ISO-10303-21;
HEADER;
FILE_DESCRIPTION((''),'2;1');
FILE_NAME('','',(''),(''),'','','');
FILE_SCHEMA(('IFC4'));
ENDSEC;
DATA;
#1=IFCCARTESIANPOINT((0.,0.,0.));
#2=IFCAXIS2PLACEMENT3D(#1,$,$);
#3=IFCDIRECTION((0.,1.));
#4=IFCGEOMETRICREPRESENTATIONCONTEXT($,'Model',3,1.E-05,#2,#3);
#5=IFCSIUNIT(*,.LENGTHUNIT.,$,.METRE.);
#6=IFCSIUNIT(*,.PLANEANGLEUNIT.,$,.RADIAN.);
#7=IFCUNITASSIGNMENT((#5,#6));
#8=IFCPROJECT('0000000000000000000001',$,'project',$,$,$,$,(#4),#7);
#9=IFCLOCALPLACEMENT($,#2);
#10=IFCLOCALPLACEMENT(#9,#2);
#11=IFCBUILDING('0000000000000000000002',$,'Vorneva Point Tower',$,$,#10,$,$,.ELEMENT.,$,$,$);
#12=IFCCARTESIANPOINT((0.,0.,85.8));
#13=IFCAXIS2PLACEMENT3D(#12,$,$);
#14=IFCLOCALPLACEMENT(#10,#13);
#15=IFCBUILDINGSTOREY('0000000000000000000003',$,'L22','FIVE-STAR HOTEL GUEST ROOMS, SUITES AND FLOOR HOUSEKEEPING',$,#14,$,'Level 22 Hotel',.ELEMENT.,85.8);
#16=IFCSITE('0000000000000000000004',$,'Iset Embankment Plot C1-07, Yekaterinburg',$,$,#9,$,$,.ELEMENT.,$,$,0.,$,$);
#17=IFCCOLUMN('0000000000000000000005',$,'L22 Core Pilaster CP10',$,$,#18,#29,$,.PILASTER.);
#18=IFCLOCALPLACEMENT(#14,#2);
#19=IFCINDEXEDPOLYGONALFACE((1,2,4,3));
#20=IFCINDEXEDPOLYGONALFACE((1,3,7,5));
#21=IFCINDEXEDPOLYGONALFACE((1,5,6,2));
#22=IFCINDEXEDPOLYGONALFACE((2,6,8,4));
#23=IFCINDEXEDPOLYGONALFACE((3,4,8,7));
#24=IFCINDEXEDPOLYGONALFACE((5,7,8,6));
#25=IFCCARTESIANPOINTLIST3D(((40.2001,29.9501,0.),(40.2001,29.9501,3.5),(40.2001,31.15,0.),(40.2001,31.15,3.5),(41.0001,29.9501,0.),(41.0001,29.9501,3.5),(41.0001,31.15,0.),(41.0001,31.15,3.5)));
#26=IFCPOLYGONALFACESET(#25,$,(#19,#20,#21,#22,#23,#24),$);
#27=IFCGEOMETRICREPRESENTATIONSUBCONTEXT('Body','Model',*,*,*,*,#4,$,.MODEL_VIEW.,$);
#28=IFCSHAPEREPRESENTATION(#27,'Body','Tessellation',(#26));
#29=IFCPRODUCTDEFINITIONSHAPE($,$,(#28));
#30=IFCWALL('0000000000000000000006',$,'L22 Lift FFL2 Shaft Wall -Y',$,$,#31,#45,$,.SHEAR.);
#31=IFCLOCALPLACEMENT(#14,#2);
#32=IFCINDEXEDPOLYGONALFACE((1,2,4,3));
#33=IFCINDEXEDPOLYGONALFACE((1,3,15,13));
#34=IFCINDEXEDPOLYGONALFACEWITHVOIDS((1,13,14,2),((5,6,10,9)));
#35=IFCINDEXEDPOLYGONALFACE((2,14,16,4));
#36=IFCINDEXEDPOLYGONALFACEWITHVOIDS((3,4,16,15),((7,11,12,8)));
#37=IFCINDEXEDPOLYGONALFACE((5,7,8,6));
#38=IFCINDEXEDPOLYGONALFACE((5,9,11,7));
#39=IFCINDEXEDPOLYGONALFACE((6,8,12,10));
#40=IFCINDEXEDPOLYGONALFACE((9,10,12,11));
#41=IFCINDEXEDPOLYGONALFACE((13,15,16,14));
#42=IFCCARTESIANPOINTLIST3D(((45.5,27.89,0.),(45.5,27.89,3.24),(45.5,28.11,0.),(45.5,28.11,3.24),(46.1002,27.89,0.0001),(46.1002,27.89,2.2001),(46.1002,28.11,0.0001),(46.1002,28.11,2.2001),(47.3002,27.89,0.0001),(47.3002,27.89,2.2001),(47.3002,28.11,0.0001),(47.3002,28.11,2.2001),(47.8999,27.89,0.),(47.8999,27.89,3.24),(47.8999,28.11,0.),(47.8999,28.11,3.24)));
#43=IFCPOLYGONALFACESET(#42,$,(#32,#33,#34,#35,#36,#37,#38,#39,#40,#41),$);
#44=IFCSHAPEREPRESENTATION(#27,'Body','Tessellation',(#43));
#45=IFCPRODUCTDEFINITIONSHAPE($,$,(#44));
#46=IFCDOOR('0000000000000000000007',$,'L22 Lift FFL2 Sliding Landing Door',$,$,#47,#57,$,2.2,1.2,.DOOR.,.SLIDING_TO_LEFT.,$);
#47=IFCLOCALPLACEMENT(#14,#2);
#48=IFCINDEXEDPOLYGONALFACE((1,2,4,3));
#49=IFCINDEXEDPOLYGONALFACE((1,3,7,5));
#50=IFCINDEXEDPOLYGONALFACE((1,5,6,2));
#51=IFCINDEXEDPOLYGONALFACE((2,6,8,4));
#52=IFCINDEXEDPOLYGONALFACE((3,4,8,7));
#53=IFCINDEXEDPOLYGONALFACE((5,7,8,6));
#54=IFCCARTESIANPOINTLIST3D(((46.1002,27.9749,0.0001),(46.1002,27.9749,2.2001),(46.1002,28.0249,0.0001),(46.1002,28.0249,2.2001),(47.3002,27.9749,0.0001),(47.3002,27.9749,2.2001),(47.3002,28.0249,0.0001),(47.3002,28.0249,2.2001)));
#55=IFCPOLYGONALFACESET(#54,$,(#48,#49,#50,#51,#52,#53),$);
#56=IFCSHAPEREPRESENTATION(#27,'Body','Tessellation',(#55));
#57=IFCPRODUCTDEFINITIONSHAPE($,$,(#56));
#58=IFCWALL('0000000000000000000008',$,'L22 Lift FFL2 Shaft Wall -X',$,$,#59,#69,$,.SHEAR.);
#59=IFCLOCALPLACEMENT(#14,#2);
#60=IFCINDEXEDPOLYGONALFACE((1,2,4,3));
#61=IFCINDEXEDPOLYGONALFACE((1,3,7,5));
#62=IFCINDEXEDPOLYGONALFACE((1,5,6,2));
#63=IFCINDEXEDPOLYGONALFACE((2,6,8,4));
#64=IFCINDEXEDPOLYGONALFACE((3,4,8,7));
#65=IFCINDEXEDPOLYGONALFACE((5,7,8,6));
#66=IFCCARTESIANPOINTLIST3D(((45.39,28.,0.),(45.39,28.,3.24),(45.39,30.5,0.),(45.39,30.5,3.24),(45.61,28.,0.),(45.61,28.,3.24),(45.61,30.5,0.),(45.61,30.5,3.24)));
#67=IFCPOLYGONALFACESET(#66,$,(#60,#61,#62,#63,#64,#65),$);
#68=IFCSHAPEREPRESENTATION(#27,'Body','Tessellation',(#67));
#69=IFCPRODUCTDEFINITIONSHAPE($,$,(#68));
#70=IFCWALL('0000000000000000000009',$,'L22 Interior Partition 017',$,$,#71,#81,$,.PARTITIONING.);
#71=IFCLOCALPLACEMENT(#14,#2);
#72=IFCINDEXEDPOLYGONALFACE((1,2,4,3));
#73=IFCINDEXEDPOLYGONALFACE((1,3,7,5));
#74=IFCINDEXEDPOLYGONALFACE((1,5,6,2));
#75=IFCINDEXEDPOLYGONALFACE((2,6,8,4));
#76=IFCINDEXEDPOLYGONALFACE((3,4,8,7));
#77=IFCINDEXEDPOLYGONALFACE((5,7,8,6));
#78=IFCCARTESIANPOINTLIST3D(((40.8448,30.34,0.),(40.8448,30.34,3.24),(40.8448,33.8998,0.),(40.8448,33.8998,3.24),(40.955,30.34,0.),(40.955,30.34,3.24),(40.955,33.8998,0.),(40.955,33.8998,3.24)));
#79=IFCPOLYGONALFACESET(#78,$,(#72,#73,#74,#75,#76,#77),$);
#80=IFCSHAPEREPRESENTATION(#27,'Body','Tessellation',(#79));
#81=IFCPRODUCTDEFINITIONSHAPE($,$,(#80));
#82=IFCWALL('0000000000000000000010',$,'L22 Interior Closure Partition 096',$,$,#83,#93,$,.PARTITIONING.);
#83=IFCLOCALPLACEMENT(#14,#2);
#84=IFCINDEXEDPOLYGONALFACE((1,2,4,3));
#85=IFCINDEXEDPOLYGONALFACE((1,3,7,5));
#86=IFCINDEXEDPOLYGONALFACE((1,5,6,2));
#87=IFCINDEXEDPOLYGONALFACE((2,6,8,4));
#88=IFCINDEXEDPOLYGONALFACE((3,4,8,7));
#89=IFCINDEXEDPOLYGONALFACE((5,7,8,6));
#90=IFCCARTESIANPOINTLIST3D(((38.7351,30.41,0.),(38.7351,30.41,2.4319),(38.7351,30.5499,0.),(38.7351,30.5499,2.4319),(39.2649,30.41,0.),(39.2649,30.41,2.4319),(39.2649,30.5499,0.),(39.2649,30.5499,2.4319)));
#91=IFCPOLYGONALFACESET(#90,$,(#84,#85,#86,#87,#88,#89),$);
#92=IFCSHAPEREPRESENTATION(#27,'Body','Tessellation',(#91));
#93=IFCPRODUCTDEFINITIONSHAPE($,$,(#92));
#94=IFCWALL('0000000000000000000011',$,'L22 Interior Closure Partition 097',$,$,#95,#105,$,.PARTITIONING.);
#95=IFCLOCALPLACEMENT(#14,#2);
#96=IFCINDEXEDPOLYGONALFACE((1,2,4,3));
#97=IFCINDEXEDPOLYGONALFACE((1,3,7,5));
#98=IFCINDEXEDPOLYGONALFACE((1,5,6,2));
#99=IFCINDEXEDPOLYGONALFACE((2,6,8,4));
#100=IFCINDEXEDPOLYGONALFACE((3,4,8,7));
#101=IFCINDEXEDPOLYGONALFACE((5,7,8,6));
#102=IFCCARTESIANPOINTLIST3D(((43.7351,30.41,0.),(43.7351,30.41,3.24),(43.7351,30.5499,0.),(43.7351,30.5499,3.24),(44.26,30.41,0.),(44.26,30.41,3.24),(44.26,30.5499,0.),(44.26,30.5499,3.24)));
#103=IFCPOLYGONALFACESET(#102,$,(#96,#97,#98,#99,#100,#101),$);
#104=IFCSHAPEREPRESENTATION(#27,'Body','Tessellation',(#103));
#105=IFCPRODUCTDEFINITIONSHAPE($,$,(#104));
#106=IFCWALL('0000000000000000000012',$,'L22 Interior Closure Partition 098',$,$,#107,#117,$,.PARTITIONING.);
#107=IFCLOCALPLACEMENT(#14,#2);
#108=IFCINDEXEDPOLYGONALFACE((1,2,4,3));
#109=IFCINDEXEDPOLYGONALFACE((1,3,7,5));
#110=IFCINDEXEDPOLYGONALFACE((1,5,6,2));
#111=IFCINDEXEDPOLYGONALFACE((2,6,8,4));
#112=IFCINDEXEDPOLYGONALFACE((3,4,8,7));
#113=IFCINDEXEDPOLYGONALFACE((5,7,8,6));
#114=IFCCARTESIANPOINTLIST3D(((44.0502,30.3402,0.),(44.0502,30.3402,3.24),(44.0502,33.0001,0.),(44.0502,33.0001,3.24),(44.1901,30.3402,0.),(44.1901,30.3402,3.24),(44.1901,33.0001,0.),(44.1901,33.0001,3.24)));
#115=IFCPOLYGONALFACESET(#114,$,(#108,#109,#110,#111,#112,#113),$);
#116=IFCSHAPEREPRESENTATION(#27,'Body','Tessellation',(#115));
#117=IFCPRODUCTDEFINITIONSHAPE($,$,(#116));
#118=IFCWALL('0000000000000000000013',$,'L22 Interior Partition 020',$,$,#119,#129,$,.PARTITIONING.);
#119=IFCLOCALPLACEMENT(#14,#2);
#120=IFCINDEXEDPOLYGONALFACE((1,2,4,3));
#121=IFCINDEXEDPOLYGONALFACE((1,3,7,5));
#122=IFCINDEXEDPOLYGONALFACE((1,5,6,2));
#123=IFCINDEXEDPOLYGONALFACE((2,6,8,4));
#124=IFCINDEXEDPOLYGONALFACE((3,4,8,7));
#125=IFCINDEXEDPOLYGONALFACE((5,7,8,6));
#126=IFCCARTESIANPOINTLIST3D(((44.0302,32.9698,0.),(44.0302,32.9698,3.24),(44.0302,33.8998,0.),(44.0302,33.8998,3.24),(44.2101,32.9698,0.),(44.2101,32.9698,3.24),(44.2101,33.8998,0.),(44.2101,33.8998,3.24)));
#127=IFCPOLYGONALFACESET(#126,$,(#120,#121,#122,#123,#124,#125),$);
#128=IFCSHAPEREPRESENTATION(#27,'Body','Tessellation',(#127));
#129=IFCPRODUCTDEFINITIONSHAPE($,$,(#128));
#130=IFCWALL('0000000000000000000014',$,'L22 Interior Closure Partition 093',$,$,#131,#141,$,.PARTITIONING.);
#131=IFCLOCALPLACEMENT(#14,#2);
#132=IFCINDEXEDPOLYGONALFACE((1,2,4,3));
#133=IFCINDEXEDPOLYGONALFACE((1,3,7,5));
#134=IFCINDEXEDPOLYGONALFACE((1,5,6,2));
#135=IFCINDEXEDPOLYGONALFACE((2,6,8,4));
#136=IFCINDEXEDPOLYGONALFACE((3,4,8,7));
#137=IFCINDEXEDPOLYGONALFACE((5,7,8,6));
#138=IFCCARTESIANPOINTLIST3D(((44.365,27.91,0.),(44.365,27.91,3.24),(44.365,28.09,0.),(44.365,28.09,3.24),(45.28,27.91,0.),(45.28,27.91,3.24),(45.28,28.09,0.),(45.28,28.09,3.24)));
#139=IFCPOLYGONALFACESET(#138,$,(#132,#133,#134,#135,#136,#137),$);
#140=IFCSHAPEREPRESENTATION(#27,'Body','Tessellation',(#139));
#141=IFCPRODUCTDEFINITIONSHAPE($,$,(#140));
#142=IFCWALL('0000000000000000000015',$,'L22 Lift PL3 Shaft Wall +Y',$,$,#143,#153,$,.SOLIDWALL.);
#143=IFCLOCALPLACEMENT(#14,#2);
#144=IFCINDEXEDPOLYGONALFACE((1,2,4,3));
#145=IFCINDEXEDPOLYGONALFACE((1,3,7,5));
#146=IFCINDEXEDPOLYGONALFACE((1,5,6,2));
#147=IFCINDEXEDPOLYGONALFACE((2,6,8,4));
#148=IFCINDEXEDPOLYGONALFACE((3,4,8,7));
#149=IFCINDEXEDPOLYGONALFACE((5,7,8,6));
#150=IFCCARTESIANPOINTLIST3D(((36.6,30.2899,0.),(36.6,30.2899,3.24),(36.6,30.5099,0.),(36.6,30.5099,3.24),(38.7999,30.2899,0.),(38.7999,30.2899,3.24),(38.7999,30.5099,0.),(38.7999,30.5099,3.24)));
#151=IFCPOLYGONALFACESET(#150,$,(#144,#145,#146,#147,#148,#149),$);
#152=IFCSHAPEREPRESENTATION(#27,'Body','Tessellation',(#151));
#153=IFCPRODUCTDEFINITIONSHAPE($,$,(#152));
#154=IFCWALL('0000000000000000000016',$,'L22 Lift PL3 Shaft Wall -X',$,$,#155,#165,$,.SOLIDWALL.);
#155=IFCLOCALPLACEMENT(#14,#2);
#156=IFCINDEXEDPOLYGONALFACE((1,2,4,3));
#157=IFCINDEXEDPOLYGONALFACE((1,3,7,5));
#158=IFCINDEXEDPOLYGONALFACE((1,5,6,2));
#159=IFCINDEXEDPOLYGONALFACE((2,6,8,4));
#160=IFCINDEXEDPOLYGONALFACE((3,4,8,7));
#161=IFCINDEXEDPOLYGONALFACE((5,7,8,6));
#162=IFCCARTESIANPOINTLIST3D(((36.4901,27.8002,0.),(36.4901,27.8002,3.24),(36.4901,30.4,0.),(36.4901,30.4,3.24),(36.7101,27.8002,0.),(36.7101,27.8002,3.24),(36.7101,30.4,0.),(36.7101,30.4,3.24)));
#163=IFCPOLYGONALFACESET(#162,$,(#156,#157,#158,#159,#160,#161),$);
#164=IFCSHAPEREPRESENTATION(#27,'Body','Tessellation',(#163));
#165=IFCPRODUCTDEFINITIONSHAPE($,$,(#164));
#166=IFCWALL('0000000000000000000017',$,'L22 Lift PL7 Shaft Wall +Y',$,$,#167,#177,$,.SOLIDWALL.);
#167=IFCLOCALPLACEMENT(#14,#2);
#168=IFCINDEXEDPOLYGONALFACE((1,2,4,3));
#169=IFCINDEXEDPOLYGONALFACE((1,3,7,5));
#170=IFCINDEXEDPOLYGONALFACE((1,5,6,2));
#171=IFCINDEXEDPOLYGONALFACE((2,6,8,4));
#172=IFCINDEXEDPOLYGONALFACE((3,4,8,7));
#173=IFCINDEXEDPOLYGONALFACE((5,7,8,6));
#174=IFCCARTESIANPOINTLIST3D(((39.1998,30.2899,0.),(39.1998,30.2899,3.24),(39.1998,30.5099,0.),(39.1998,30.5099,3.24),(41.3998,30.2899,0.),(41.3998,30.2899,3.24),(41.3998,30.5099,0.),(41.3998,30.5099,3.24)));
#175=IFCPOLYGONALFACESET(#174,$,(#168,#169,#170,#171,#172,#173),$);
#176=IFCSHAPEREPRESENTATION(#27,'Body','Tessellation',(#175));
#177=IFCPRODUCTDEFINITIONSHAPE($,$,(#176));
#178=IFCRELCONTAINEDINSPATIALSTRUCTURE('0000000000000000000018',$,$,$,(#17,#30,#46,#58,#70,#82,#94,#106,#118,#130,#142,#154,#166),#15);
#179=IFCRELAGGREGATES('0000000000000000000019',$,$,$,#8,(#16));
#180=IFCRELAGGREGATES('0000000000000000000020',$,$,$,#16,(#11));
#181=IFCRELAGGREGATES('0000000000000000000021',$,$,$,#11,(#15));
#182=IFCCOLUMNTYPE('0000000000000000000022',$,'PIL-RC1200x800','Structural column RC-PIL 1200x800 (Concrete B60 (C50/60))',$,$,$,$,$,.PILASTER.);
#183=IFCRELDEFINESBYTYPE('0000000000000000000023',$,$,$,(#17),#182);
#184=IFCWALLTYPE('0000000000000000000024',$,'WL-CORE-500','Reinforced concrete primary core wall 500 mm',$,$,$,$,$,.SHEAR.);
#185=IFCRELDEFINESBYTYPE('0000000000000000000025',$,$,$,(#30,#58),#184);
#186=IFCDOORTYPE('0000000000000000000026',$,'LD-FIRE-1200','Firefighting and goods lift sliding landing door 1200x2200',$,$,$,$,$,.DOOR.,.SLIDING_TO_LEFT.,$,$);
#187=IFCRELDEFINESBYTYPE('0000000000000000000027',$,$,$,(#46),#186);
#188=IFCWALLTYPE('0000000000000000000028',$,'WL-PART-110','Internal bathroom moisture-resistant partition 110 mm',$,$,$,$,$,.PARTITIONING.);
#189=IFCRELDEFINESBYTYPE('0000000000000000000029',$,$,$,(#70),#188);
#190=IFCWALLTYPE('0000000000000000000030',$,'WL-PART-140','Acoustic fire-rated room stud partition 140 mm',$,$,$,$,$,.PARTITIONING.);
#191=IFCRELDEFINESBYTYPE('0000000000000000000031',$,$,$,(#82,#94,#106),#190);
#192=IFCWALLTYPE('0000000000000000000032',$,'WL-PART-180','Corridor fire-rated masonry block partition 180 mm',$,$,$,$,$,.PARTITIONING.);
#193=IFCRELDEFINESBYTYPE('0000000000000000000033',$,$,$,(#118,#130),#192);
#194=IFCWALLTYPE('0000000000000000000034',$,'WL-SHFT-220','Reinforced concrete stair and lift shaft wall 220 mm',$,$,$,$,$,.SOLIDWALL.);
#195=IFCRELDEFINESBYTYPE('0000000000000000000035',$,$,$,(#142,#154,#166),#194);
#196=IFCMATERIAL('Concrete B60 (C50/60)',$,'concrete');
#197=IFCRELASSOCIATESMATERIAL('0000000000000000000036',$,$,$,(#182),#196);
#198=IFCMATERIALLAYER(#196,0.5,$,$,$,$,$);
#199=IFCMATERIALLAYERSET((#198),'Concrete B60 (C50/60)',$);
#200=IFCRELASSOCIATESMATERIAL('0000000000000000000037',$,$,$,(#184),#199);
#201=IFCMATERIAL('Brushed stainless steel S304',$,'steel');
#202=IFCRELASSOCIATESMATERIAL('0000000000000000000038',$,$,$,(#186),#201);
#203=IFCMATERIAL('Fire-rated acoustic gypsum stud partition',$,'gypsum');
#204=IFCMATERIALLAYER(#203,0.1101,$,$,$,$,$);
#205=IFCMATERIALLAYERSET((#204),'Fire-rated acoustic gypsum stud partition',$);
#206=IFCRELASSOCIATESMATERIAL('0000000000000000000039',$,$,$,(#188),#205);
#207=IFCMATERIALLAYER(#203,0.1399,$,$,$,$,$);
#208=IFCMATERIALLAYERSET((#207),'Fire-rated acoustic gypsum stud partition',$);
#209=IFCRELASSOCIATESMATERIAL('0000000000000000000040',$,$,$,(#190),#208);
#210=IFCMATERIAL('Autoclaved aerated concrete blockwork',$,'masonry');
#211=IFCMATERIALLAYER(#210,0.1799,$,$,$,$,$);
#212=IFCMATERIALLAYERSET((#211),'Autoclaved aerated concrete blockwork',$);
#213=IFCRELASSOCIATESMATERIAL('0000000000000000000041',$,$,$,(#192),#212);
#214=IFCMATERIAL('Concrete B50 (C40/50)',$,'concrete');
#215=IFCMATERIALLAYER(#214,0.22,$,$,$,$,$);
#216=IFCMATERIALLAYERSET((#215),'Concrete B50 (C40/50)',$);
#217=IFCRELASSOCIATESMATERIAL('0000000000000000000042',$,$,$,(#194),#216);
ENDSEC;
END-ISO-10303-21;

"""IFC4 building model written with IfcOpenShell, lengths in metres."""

from ifc_helpers import new_model, si_unit, direction, frame, frame_2d, origin, origin_2d, place, context, subcontext, project, spatial, rectangle, extrude, material, layer, layer_set, material_profile, profile_set, type_object, element, fill, save


model = new_model("IFC4")

# Units and contexts
model_context = context("Model", 3, precision=1e-05, world=origin(), true_north=direction((0.0, 1.0)))
body_context = subcontext(model_context, "Body", "Model", "MODEL_VIEW")
ifc_project = project(units=[si_unit("LENGTHUNIT", "METRE"), si_unit("PLANEANGLEUNIT", "RADIAN")], contexts=[model_context])

# Site, building, storey
site_placement = place(None, origin())
site = spatial("IfcSite", under=ifc_project, at=site_placement, Name="Iset Embankment Plot C1-07, Yekaterinburg", CompositionType="ELEMENT", RefElevation=0.0)
building_placement = place(site_placement, origin())
building = spatial("IfcBuilding", under=site, at=building_placement, Name="Vorneva Point Tower", CompositionType="ELEMENT")
storey_placement = place(building_placement, frame((0.0, 0.0, 85.8)))
storey = spatial("IfcBuildingStorey", under=building, at=storey_placement, Name="L22", Description="FIVE-STAR HOTEL GUEST ROOMS, SUITES AND FLOOR HOUSEKEEPING", LongName="Level 22 Hotel", CompositionType="ELEMENT", Elevation=85.8)

# Column
ifc_material_1 = material(Name="Concrete B60 (C50/60)", Category="concrete")
ifc_material_profile = material_profile(ifc_material_1, rectangle(XDim=0.8, YDim=1.2, at=origin_2d()), Name="RC-PIL 1200x800")
ifc_profile_set = profile_set([ifc_material_profile], Name="Concrete B60 (C50/60)")
column_type = type_object("IfcColumnType", Name="PIL-RC1200x800", Description="Structural column RC-PIL 1200x800 (Concrete B60 (C50/60))", PredefinedType="PILASTER", material=ifc_profile_set)
column_placement = place(storey_placement, frame((40.6001, 30.55, 0.0), z_axis=(0.0, 0.0, 1.0), x_axis=(1.0, 0.0, 0.0)))
element("IfcColumn", 1, at=column_placement, inside=storey, type_object=column_type, Name="L22 Core Pilaster CP10", PredefinedType="PILASTER", context=body_context, shape_type="SweptSolid", body=[
    extrude(rectangle(XDim=0.8, YDim=1.2, at=origin_2d()), origin(), (0.0, 0.0, 1.0), 3.5),
])

# Wall, opening, door
ifc_layer_1 = layer(ifc_material_1, 0.5)
ifc_layer_set_1 = layer_set([ifc_layer_1], Name="Concrete B60 (C50/60)")
wall_type_1 = type_object("IfcWallType", Name="WL-CORE-500", Description="Reinforced concrete primary core wall 500 mm", PredefinedType="SHEAR", material=ifc_layer_set_1)
wall_1_placement = place(storey_placement, frame((45.5, 28.0, 0.0), z_axis=(0.0, 0.0, 1.0), x_axis=(1.0, 0.0, 0.0)))
wall_1 = element("IfcWall", 2, at=wall_1_placement, inside=storey, type_object=wall_type_1, Name="L22 Lift FFL2 Shaft Wall -Y", PredefinedType="SHEAR", context=body_context, shape_type="SweptSolid", body=[
    extrude(rectangle(XDim=2.3999, YDim=0.22, at=frame_2d((1.2, 0.0))), origin(), (0.0, 0.0, 1.0), 3.24),
])
opening_1_placement = place(wall_1_placement, frame((0.6001, 0.0, 0.0)))
opening_1 = element("IfcOpeningElement", 3, at=opening_1_placement, cuts=wall_1, PredefinedType="OPENING", context=body_context, shape_type="SweptSolid", body=[
    extrude(rectangle(XDim=1.2, YDim=2.2, at=frame_2d((0.6001, 1.1001))), frame((0.0, 0.125, 0.0), z_axis=(0.0, -1.0, 0.0), x_axis=(1.0, 0.0, 0.0)), (0.0, 0.0, 1.0), 0.2498),
])
ifc_material_2 = material(Name="Brushed stainless steel S304", Category="steel")
door_type_1 = type_object("IfcDoorType", Name="LD-FIRE-1200", Description="Firefighting and goods lift sliding landing door 1200x2200", OperationType="SLIDING_TO_LEFT", PredefinedType="DOOR", material=ifc_material_2)
door_1_placement = place(opening_1_placement, origin())
door_1 = element("IfcDoor", 4, at=door_1_placement, inside=storey, type_object=door_type_1, Name="L22 Lift FFL2 Sliding Landing Door", OperationType="SLIDING_TO_LEFT", OverallHeight=2.2, OverallWidth=1.2, PredefinedType="DOOR", context=body_context, shape_type="SweptSolid", body=[
    extrude(rectangle(XDim=1.2, YDim=2.2, at=frame_2d((0.6001, 1.1001))), frame((0.0, 0.0249, 0.0), z_axis=(0.0, -1.0, 0.0), x_axis=(1.0, 0.0, 0.0)), (0.0, 0.0, 1.0), 0.05),
])
fill(opening_1, door_1)

# Walls
wall_2_placement = place(storey_placement, frame((45.5, 30.5, 0.0), z_axis=(0.0, 0.0, 1.0), x_axis=(0.0, -1.0, 0.0)))
element("IfcWall", 5, at=wall_2_placement, inside=storey, type_object=wall_type_1, Name="L22 Lift FFL2 Shaft Wall -X", PredefinedType="SHEAR", context=body_context, shape_type="SweptSolid", body=[
    extrude(rectangle(XDim=2.5, YDim=0.22, at=frame_2d((1.25, 0.0))), origin(), (0.0, 0.0, 1.0), 3.24),
])
ifc_material_3 = material(Name="Fire-rated acoustic gypsum stud partition", Category="gypsum")
ifc_layer_2 = layer(ifc_material_3, 0.1101)
ifc_layer_set_2 = layer_set([ifc_layer_2], Name="Fire-rated acoustic gypsum stud partition")
wall_type_2 = type_object("IfcWallType", Name="WL-PART-110", Description="Internal bathroom moisture-resistant partition 110 mm", PredefinedType="PARTITIONING", material=ifc_layer_set_2)
wall_3_placement = place(storey_placement, frame((40.8999, 30.3401, 0.0), z_axis=(0.0, 0.0, 1.0), x_axis=(0.0, 1.0, 0.0)))
element("IfcWall", 6, at=wall_3_placement, inside=storey, type_object=wall_type_2, Name="L22 Interior Partition 017", PredefinedType="PARTITIONING", context=body_context, shape_type="SweptSolid", body=[
    extrude(rectangle(XDim=3.5598, YDim=0.1101, at=frame_2d((1.7798, 0.0))), origin(), (0.0, 0.0, 1.0), 3.24),
])
ifc_layer_3 = layer(ifc_material_3, 0.1399)
ifc_layer_set_3 = layer_set([ifc_layer_3], Name="Fire-rated acoustic gypsum stud partition")
wall_type_3 = type_object("IfcWallType", Name="WL-PART-140", Description="Acoustic fire-rated room stud partition 140 mm", PredefinedType="PARTITIONING", material=ifc_layer_set_3)
wall_4_placement = place(storey_placement, frame((38.7351, 30.48, 0.0), z_axis=(0.0, 0.0, 1.0), x_axis=(1.0, 0.0, 0.0)))
element("IfcWall", 7, at=wall_4_placement, inside=storey, type_object=wall_type_3, Name="L22 Interior Closure Partition 096", PredefinedType="PARTITIONING", context=body_context, shape_type="SweptSolid", body=[
    extrude(rectangle(XDim=0.5298, YDim=0.1399, at=frame_2d((0.2649, 0.0))), origin(), (0.0, 0.0, 1.0), 2.4319),
])
wall_5_placement = place(storey_placement, frame((43.7351, 30.48, 0.0), z_axis=(0.0, 0.0, 1.0), x_axis=(1.0, 0.0, 0.0)))
element("IfcWall", 8, at=wall_5_placement, inside=storey, type_object=wall_type_3, Name="L22 Interior Closure Partition 097", PredefinedType="PARTITIONING", context=body_context, shape_type="SweptSolid", body=[
    extrude(rectangle(XDim=0.5249, YDim=0.1399, at=frame_2d((0.2625, 0.0))), origin(), (0.0, 0.0, 1.0), 3.24),
])
wall_6_placement = place(storey_placement, frame((44.1201, 30.3401, 0.0), z_axis=(0.0, 0.0, 1.0), x_axis=(0.0, 1.0, 0.0)))
element("IfcWall", 9, at=wall_6_placement, inside=storey, type_object=wall_type_3, Name="L22 Interior Closure Partition 098", PredefinedType="PARTITIONING", context=body_context, shape_type="SweptSolid", body=[
    extrude(rectangle(XDim=2.6599, YDim=0.1399, at=frame_2d((1.3301, 0.0))), origin(), (0.0, 0.0, 1.0), 3.24),
])

# Shared definitions
ifc_material_4 = material(Name="Autoclaved aerated concrete blockwork", Category="masonry")
ifc_layer_4 = layer(ifc_material_4, 0.1799)
ifc_layer_set_4 = layer_set([ifc_layer_4], Name="Autoclaved aerated concrete blockwork")
wall_type_4 = type_object("IfcWallType", Name="WL-PART-180", Description="Corridor fire-rated masonry block partition 180 mm", PredefinedType="PARTITIONING", material=ifc_layer_set_4)

# Walls
wall_7_placement = place(storey_placement, frame((44.1201, 32.97, 0.0), z_axis=(0.0, 0.0, 1.0), x_axis=(0.0, 1.0, 0.0)))
element("IfcWall", 10, at=wall_7_placement, inside=storey, type_object=wall_type_4, Name="L22 Interior Partition 020", PredefinedType="PARTITIONING", context=body_context, shape_type="SweptSolid", body=[
    extrude(rectangle(XDim=0.9299, YDim=0.1799, at=frame_2d((0.4648, 0.0))), origin(), (0.0, 0.0, 1.0), 3.24),
])
wall_8_placement = place(storey_placement, frame((45.28, 28.0, 0.0), z_axis=(0.0, 0.0, 1.0), x_axis=(-1.0, 0.0, 0.0)))
element("IfcWall", 11, at=wall_8_placement, inside=storey, type_object=wall_type_4, Name="L22 Interior Closure Partition 093", PredefinedType="PARTITIONING", context=body_context, shape_type="SweptSolid", body=[
    extrude(rectangle(XDim=0.915, YDim=0.1799, at=frame_2d((0.4575, 0.0))), origin(), (0.0, 0.0, 1.0), 3.24),
])
ifc_material_5 = material(Name="Concrete B50 (C40/50)", Category="concrete")
ifc_layer_5 = layer(ifc_material_5, 0.22)
ifc_layer_set_5 = layer_set([ifc_layer_5], Name="Concrete B50 (C40/50)")
wall_type_5 = type_object("IfcWallType", Name="WL-SHFT-220", Description="Reinforced concrete stair and lift shaft wall 220 mm", PredefinedType="SOLIDWALL", material=ifc_layer_set_5)
wall_9_placement = place(storey_placement, frame((38.8, 30.3999, 0.0), z_axis=(0.0, 0.0, 1.0), x_axis=(-1.0, 0.0, 0.0)))
element("IfcWall", 12, at=wall_9_placement, inside=storey, type_object=wall_type_5, Name="L22 Lift PL3 Shaft Wall +Y", PredefinedType="SOLIDWALL", context=body_context, shape_type="SweptSolid", body=[
    extrude(rectangle(XDim=2.2, YDim=0.22, at=frame_2d((1.1001, 0.0))), origin(), (0.0, 0.0, 1.0), 3.24),
])
wall_10_placement = place(storey_placement, frame((36.6001, 30.3999, 0.0), z_axis=(0.0, 0.0, 1.0), x_axis=(0.0, -1.0, 0.0)))
element("IfcWall", 13, at=wall_10_placement, inside=storey, type_object=wall_type_5, Name="L22 Lift PL3 Shaft Wall -X", PredefinedType="SOLIDWALL", context=body_context, shape_type="SweptSolid", body=[
    extrude(rectangle(XDim=2.5999, YDim=0.22, at=frame_2d((1.2998, 0.0))), origin(), (0.0, 0.0, 1.0), 3.24),
])
wall_11_placement = place(storey_placement, frame((41.3999, 30.3999, 0.0), z_axis=(0.0, 0.0, 1.0), x_axis=(-1.0, 0.0, 0.0)))
element("IfcWall", 14, at=wall_11_placement, inside=storey, type_object=wall_type_5, Name="L22 Lift PL7 Shaft Wall +Y", PredefinedType="SOLIDWALL", context=body_context, shape_type="SweptSolid", body=[
    extrude(rectangle(XDim=2.2, YDim=0.22, at=frame_2d((1.1001, 0.0))), origin(), (0.0, 0.0, 1.0), 3.24),
])

save(model, "model.ifc")
